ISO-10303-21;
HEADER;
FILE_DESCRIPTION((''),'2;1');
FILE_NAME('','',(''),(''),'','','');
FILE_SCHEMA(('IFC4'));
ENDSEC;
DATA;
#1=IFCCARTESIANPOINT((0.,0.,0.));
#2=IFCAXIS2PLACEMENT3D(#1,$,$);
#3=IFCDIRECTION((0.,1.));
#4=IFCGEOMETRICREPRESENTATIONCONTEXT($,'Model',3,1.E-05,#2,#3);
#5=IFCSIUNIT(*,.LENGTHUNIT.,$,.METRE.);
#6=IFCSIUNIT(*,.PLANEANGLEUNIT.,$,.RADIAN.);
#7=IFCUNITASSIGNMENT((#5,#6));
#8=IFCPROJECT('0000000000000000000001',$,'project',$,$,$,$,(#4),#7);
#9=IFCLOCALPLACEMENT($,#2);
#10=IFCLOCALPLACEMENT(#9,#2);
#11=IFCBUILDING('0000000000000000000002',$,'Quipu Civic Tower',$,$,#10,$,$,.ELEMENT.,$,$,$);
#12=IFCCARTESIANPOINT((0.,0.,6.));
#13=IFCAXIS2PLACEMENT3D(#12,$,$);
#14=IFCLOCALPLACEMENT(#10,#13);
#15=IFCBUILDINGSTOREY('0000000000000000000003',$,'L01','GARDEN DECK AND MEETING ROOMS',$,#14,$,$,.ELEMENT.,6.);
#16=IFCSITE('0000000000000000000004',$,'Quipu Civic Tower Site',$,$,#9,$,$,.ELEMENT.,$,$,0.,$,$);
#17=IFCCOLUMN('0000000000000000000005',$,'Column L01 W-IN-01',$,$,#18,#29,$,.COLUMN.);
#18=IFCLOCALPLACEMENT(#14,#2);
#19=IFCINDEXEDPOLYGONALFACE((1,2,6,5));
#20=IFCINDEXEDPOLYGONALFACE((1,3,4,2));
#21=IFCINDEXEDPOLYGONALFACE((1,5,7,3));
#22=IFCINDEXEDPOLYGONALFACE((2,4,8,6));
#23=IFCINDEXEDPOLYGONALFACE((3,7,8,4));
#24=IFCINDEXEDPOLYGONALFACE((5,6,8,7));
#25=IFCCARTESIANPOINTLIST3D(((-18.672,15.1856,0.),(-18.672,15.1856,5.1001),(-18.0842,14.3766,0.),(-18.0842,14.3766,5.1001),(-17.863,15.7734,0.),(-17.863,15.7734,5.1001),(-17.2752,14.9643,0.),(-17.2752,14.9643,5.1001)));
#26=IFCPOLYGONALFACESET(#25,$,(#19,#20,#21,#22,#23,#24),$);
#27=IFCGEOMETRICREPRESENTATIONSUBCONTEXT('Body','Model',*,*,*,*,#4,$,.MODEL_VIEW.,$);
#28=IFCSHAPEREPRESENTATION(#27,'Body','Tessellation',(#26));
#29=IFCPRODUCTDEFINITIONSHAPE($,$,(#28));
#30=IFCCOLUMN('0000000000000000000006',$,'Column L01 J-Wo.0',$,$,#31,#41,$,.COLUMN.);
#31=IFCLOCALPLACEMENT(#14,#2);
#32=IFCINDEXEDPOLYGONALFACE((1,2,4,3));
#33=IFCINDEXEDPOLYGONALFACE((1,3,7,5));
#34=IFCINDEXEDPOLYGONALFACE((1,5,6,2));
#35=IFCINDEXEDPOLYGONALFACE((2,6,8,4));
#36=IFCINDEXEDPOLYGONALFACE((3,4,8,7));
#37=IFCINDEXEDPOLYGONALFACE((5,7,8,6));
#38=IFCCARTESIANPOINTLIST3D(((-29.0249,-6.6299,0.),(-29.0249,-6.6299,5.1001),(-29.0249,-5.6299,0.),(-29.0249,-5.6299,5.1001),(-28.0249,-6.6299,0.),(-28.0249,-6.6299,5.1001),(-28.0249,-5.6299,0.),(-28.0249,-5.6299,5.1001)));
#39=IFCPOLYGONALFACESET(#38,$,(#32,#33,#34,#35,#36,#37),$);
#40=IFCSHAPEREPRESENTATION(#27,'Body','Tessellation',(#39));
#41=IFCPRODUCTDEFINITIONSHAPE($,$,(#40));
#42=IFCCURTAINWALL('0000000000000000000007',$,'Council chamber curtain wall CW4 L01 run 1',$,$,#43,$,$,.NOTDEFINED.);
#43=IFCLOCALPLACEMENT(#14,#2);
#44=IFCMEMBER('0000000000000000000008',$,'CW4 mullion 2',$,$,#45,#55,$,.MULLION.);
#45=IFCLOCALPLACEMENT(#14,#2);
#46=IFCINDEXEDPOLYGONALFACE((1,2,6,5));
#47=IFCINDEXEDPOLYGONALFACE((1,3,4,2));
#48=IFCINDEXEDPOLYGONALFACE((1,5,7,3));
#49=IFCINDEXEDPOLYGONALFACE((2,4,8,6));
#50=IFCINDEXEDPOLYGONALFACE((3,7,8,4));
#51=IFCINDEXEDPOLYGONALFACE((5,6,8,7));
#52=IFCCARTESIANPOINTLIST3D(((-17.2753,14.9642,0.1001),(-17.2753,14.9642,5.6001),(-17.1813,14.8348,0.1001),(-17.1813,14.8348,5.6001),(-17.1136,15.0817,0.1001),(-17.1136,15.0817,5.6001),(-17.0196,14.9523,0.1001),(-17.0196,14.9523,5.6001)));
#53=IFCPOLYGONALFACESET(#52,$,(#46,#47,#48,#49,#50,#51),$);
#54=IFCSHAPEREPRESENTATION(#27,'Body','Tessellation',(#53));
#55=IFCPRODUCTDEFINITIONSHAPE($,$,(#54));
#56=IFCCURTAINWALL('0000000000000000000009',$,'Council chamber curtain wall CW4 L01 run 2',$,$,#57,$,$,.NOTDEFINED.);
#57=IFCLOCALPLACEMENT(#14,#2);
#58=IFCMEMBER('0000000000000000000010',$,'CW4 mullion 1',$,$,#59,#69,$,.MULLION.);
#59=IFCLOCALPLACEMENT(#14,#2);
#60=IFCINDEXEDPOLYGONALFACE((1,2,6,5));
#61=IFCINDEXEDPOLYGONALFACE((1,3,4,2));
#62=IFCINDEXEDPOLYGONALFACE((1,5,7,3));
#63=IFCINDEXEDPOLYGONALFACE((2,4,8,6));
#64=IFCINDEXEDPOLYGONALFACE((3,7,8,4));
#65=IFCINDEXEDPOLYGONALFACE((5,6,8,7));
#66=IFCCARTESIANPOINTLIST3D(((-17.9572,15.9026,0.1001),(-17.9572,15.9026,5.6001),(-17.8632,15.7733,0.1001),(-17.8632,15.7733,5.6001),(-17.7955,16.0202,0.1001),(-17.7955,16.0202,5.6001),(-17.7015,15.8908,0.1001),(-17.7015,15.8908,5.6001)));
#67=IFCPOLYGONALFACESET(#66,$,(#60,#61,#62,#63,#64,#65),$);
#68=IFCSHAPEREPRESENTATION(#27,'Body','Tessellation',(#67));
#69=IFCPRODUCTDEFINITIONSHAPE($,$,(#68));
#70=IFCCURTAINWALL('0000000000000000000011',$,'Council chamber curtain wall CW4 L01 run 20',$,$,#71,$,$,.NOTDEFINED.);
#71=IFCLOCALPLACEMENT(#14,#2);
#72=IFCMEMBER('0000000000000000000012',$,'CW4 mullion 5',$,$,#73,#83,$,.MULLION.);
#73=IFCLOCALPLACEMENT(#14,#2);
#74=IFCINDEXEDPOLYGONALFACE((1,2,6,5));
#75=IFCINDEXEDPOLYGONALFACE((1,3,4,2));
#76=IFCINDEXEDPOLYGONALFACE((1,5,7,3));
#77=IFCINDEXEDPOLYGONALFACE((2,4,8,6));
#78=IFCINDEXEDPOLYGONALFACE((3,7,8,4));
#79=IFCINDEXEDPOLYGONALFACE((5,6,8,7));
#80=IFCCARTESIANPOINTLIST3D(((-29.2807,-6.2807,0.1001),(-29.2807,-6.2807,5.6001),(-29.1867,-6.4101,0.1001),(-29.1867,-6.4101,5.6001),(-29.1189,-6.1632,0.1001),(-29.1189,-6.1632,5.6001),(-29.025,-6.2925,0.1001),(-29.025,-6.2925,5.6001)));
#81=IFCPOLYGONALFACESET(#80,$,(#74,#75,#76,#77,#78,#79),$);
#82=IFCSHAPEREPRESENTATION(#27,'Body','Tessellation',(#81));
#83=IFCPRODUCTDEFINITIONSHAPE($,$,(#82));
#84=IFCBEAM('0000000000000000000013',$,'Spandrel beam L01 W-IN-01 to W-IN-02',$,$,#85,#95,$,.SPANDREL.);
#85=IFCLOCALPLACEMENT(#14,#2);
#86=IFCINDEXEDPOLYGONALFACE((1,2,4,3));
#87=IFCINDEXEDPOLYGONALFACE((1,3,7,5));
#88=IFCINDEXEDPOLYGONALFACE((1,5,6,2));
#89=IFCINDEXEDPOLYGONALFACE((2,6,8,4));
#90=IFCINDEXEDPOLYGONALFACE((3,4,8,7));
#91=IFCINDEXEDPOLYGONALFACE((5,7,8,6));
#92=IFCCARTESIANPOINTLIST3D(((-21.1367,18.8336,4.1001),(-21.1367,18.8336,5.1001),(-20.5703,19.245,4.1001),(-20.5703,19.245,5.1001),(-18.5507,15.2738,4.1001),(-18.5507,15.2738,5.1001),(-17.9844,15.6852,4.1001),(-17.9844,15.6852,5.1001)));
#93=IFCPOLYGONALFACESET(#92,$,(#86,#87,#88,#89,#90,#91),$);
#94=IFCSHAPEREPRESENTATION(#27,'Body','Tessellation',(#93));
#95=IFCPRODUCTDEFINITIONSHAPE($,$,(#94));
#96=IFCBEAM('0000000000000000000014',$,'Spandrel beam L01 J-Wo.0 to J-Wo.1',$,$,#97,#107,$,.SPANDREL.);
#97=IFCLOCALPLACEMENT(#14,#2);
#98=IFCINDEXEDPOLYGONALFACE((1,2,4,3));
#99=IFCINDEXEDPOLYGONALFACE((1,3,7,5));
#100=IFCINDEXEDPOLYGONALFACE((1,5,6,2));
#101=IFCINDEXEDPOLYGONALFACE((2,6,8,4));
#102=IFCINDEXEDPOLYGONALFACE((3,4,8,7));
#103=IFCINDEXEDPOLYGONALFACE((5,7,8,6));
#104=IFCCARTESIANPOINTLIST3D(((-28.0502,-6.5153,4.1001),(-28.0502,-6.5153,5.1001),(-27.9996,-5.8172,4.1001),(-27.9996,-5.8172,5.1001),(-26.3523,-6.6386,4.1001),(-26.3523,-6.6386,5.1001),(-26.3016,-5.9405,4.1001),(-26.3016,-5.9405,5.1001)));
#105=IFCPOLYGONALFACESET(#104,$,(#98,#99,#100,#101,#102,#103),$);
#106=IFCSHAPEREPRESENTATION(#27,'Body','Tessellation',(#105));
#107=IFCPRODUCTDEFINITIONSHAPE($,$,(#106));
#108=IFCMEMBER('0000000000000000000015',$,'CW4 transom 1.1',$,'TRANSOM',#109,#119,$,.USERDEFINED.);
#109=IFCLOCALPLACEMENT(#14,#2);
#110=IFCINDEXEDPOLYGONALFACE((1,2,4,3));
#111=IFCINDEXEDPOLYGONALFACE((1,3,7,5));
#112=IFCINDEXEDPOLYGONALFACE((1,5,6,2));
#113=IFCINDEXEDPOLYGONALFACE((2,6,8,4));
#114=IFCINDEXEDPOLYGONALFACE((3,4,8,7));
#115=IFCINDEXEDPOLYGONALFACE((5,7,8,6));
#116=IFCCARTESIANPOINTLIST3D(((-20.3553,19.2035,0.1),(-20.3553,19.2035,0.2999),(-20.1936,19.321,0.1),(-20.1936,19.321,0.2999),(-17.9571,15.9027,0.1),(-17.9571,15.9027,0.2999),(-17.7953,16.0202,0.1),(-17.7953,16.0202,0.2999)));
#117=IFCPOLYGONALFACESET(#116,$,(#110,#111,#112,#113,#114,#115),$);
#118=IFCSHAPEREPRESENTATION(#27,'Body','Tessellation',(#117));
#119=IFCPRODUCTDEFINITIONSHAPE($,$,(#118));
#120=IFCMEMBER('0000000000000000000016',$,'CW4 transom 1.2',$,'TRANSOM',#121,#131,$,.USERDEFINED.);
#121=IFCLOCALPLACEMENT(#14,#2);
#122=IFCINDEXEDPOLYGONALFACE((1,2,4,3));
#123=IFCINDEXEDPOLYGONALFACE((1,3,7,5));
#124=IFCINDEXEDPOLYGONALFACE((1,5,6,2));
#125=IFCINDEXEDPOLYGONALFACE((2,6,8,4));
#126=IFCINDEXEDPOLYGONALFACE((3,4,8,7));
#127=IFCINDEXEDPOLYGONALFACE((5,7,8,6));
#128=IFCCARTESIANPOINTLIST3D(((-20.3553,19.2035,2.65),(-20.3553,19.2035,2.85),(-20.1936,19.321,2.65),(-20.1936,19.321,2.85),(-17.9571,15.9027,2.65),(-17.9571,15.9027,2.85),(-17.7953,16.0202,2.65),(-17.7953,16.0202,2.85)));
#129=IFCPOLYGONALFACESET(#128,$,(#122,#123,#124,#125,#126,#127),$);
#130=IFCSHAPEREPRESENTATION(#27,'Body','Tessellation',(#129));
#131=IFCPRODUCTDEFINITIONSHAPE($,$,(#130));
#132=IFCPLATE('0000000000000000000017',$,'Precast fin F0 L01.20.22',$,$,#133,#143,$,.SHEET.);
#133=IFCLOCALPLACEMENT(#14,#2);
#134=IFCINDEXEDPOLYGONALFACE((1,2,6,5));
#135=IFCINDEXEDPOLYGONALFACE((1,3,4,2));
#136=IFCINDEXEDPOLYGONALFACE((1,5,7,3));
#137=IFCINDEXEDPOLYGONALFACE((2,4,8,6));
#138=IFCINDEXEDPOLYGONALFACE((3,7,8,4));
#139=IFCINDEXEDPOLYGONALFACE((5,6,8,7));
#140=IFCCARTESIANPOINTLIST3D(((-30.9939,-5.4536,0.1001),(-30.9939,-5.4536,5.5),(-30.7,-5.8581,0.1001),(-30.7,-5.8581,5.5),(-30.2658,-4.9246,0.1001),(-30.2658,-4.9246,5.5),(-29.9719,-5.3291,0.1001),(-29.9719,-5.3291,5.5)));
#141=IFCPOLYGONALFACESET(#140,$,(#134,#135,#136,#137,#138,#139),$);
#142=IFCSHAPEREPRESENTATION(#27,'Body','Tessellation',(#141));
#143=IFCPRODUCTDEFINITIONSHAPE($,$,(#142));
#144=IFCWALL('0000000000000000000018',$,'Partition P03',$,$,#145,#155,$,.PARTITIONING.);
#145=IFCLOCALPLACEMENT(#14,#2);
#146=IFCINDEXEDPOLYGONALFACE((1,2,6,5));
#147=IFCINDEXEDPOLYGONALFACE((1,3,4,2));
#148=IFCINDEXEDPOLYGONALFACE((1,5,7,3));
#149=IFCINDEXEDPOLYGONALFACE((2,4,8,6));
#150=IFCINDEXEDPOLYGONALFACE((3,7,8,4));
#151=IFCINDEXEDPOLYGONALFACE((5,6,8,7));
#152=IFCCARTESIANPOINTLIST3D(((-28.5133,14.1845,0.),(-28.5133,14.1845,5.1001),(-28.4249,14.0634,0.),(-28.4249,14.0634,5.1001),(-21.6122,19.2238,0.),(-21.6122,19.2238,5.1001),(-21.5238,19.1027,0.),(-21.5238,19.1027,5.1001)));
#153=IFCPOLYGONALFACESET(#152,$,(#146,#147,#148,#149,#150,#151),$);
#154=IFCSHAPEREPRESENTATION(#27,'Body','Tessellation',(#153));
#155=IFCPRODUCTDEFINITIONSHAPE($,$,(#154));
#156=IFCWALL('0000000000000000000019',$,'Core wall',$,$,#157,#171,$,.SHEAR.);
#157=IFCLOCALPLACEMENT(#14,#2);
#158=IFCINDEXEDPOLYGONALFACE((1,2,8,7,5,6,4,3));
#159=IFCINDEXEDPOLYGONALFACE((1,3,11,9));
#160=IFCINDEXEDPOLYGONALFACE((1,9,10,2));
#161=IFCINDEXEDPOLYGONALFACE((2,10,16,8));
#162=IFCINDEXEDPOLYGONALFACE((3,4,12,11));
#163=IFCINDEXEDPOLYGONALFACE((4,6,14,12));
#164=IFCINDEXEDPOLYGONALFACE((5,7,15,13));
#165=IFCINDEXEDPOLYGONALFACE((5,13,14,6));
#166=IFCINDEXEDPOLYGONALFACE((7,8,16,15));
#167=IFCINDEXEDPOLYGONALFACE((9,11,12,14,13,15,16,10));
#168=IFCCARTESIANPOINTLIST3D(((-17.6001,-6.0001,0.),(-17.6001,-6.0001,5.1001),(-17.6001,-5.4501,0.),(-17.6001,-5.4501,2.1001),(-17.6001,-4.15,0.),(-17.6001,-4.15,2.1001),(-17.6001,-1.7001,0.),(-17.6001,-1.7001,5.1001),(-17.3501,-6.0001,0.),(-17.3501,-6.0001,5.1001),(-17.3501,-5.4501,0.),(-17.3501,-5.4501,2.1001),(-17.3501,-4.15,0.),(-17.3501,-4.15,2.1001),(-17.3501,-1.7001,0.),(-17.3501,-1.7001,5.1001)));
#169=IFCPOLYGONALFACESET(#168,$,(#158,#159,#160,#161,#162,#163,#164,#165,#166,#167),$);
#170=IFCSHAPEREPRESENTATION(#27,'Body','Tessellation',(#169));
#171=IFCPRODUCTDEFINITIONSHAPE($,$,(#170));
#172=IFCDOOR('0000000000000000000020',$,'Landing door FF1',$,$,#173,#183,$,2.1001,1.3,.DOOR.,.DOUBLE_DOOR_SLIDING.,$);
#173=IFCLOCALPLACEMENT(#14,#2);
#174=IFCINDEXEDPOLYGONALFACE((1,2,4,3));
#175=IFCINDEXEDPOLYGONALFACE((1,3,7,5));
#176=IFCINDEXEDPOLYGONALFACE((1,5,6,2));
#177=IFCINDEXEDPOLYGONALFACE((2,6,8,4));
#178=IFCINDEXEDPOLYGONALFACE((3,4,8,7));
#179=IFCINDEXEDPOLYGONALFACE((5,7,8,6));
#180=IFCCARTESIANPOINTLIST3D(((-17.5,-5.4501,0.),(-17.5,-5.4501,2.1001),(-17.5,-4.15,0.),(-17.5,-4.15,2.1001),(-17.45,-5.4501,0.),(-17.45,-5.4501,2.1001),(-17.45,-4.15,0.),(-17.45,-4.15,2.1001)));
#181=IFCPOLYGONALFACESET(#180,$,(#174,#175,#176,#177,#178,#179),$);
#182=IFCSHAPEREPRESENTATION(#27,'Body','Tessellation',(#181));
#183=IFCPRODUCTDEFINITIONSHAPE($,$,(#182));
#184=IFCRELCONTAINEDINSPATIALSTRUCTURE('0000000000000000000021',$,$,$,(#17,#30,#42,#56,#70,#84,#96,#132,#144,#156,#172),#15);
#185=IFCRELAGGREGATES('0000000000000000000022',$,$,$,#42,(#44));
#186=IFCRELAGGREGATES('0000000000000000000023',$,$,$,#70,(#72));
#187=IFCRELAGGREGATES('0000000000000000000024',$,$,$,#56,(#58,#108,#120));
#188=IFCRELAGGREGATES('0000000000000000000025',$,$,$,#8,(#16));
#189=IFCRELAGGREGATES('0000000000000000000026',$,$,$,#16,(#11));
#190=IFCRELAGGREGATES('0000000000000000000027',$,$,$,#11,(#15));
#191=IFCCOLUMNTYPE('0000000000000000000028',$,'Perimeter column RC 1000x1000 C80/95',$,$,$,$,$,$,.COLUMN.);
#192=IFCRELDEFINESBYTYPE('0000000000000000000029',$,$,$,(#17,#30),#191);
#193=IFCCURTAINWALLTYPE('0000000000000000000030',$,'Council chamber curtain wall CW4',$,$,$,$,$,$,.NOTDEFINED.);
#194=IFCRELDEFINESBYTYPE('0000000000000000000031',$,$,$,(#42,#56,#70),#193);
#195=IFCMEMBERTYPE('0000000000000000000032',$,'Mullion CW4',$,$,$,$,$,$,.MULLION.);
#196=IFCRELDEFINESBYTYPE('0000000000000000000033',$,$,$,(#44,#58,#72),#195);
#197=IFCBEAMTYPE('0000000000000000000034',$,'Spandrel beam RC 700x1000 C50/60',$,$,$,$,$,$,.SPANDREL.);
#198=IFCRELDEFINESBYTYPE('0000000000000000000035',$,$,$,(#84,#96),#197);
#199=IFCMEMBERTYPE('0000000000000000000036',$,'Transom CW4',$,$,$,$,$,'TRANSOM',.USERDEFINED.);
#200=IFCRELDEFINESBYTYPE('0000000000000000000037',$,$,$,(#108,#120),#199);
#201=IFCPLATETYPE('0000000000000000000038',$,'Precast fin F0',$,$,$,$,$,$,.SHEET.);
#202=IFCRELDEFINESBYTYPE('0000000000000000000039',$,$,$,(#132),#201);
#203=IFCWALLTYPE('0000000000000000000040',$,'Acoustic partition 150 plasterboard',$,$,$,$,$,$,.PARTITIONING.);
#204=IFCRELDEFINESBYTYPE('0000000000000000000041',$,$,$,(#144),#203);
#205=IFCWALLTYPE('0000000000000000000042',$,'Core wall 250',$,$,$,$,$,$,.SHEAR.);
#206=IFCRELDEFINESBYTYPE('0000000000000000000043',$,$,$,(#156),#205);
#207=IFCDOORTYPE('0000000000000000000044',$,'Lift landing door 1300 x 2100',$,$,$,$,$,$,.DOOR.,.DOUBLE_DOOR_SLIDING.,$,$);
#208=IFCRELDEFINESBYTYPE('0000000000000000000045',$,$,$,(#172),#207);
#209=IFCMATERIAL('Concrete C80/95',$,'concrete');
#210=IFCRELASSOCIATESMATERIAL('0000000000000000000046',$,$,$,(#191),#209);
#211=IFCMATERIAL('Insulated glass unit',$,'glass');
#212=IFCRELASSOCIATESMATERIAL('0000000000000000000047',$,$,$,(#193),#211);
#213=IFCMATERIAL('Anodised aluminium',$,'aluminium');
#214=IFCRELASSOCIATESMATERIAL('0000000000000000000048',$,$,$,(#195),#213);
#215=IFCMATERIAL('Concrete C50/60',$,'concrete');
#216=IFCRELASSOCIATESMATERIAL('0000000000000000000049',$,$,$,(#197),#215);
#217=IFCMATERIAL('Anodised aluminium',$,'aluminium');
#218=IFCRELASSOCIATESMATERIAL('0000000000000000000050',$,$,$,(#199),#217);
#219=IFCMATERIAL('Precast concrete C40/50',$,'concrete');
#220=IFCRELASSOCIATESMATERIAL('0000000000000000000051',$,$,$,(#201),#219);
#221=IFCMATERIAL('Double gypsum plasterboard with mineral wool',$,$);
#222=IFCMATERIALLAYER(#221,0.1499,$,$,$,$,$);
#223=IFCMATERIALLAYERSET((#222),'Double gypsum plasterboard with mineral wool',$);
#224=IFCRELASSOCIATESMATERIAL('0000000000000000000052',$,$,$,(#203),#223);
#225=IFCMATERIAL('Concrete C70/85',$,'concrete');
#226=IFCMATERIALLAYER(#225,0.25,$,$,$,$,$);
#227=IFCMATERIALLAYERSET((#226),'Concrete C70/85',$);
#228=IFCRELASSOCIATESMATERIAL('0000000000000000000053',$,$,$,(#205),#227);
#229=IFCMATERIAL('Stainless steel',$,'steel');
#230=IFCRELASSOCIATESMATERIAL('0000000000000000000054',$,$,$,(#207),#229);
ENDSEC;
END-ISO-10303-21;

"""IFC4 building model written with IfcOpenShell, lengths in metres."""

from ifc_helpers import new_model, si_unit, direction, frame, frame_2d, origin, origin_2d, place, context, subcontext, project, spatial, rectangle, extrude, material, layer, layer_set, material_profile, profile_set, type_object, element, fill, aggregate, save


model = new_model("IFC4")

# Units and contexts
model_context = context("Model", 3, precision=1e-05, world=origin(), true_north=direction((0.0, 1.0)))
body_context = subcontext(model_context, "Body", "Model", "MODEL_VIEW")
ifc_project = project(units=[si_unit("LENGTHUNIT", "METRE"), si_unit("PLANEANGLEUNIT", "RADIAN")], contexts=[model_context])

# Site, building, storey
site_placement = place(None, origin())
site = spatial("IfcSite", under=ifc_project, at=site_placement, Name="Quipu Civic Tower Site", CompositionType="ELEMENT", RefElevation=0.0)
building_placement = place(site_placement, origin())
building = spatial("IfcBuilding", under=site, at=building_placement, Name="Quipu Civic Tower", CompositionType="ELEMENT")
storey_placement = place(building_placement, frame((0.0, 0.0, 6.0)))
storey = spatial("IfcBuildingStorey", under=building, at=storey_placement, Name="L01", Description="GARDEN DECK AND MEETING ROOMS", CompositionType="ELEMENT", Elevation=6.0)

# Columns
ifc_material_1 = material(Name="Concrete C80/95", Category="concrete")
ifc_material_profile_1 = material_profile(ifc_material_1, rectangle(XDim=1.0, YDim=1.0, at=origin_2d()), Name="RC1000x1000")
ifc_profile_set_1 = profile_set([ifc_material_profile_1], Name="Concrete C80/95")
column_type = type_object("IfcColumnType", Name="Perimeter column RC 1000x1000 C80/95", PredefinedType="COLUMN", material=ifc_profile_set_1)
for number, where, z_axis, x_axis, name in (
    (1, (-17.9736, 15.075, 0.0), (0.0, 0.0, 1.0), (-0.587785, 0.809017, 0.0), "Column L01 W-IN-01"),
    (2, (-28.5249, -6.1299, 0.0), (0.0, 0.0, 1.0), (1.0, 0.0, 0.0), "Column L01 J-Wo.0"),
):
    element("IfcColumn", number, at=place(storey_placement, frame(where, z_axis=z_axis, x_axis=x_axis)), inside=storey, type_object=column_type, Name=name, PredefinedType="COLUMN", context=body_context, shape_type="SweptSolid", body=[
        extrude(rectangle(XDim=1.0, YDim=1.0, at=origin_2d()), origin(), (0.0, 0.0, 1.0), 5.1001),
    ])

# Curtain walls, members
ifc_material_2 = material(Name="Insulated glass unit", Category="glass")
curtain_wall_type = type_object("IfcCurtainWallType", Name="Council chamber curtain wall CW4", PredefinedType="NOTDEFINED", material=ifc_material_2)
curtain_wall_1_placement = place(storey_placement, origin())
curtain_wall_1 = element("IfcCurtainWall", 3, at=curtain_wall_1_placement, inside=storey, type_object=curtain_wall_type, Name="Council chamber curtain wall CW4 L01 run 1", PredefinedType="NOTDEFINED")
ifc_material_3 = material(Name="Anodised aluminium", Category="aluminium")
ifc_material_profile_2 = material_profile(ifc_material_3, rectangle(XDim=0.2, YDim=0.1599, at=origin_2d()), Name="RECT 200x160")
ifc_profile_set_2 = profile_set([ifc_material_profile_2], Name="Anodised aluminium")
member_type_1 = type_object("IfcMemberType", Name="Mullion CW4", PredefinedType="MULLION", material=ifc_profile_set_2)
member_1_placement = place(storey_placement, frame((-17.1475, 14.9583, 0.1001), z_axis=(0.0, 0.0, 1.0), x_axis=(-0.80901, -0.587795, 0.0)))
member_1 = element("IfcMember", 4, at=member_1_placement, type_object=member_type_1, Name="CW4 mullion 2", PredefinedType="MULLION", context=body_context, shape_type="SweptSolid", body=[
    extrude(rectangle(XDim=0.2, YDim=0.1599, at=origin_2d()), origin(), (0.0, 0.0, 1.0), 5.5),
])
aggregate(curtain_wall_1, [member_1])
curtain_wall_2_placement = place(storey_placement, origin())
curtain_wall_2 = element("IfcCurtainWall", 5, at=curtain_wall_2_placement, inside=storey, type_object=curtain_wall_type, Name="Council chamber curtain wall CW4 L01 run 2", PredefinedType="NOTDEFINED")
member_2_placement = place(storey_placement, frame((-17.8293, 15.8967, 0.1001), z_axis=(0.0, 0.0, 1.0), x_axis=(-0.809006, -0.5878, 0.0)))
member_2 = element("IfcMember", 6, at=member_2_placement, type_object=member_type_1, Name="CW4 mullion 1", PredefinedType="MULLION", context=body_context, shape_type="SweptSolid", body=[
    extrude(rectangle(XDim=0.2, YDim=0.1599, at=origin_2d()), origin(), (0.0, 0.0, 1.0), 5.5),
])
curtain_wall_3_placement = place(storey_placement, origin())
curtain_wall_3 = element("IfcCurtainWall", 7, at=curtain_wall_3_placement, inside=storey, type_object=curtain_wall_type, Name="Council chamber curtain wall CW4 L01 run 20", PredefinedType="NOTDEFINED")
member_3_placement = place(storey_placement, frame((-29.1528, -6.2866, 0.1001), z_axis=(0.0, 0.0, 1.0), x_axis=(0.809017, 0.587785, 0.0)))
member_3 = element("IfcMember", 8, at=member_3_placement, type_object=member_type_1, Name="CW4 mullion 5", PredefinedType="MULLION", context=body_context, shape_type="SweptSolid", body=[
    extrude(rectangle(XDim=0.2, YDim=0.1599, at=origin_2d()), origin(), (0.0, 0.0, 1.0), 5.5),
])
aggregate(curtain_wall_3, [member_3])

# Beams
ifc_material_4 = material(Name="Concrete C50/60", Category="concrete")
ifc_material_profile_3 = material_profile(ifc_material_4, rectangle(XDim=0.7, YDim=1.0, at=origin_2d()), Name="RC700x1000")
ifc_profile_set_3 = profile_set([ifc_material_profile_3], Name="Concrete C50/60")
beam_type = type_object("IfcBeamType", Name="Spandrel beam RC 700x1000 C50/60", PredefinedType="SPANDREL", material=ifc_profile_set_3)
beam_1_placement = place(storey_placement, frame((-18.2676, 15.4795, 4.6001), z_axis=(-0.587723, 0.809062, 0.0), x_axis=(-0.809062, -0.587723, 0.0)))
element("IfcBeam", 9, at=beam_1_placement, inside=storey, type_object=beam_type, Name="Spandrel beam L01 W-IN-01 to W-IN-02", PredefinedType="SPANDREL", context=body_context, shape_type="SweptSolid", body=[
    extrude(rectangle(XDim=0.7, YDim=1.0, at=origin_2d()), origin(), (0.0, 0.0, 1.0), 4.3999),
])
beam_2_placement = place(storey_placement, frame((-28.0249, -6.1663, 4.6001), z_axis=(0.997374, -0.072419, 0.0), x_axis=(0.072419, 0.997374, 0.0)))
element("IfcBeam", 10, at=beam_2_placement, inside=storey, type_object=beam_type, Name="Spandrel beam L01 J-Wo.0 to J-Wo.1", PredefinedType="SPANDREL", context=body_context, shape_type="SweptSolid", body=[
    extrude(rectangle(XDim=0.7, YDim=1.0, at=origin_2d()), origin(), (0.0, 0.0, 1.0), 1.7024),
])

# Members
ifc_material_5 = material(Name="Anodised aluminium", Category="aluminium")
ifc_material_profile_4 = material_profile(ifc_material_5, rectangle(XDim=0.2, YDim=0.2, at=origin_2d()), Name="RECT 200x200")
ifc_profile_set_4 = profile_set([ifc_material_profile_4], Name="Anodised aluminium")
member_type_2 = type_object("IfcMemberType", Name="Transom CW4", ElementType="TRANSOM", PredefinedType="USERDEFINED", material=ifc_profile_set_4)
member_4_placement = place(storey_placement, frame((-17.8762, 15.9614, 0.2), z_axis=(-0.587791, 0.809013, 0.0), x_axis=(-0.809013, -0.587791, 0.0)))
member_4 = element("IfcMember", 11, at=member_4_placement, type_object=member_type_2, Name="CW4 transom 1.1", ObjectType="TRANSOM", PredefinedType="USERDEFINED", context=body_context, shape_type="SweptSolid", body=[
    extrude(rectangle(XDim=0.2, YDim=0.2, at=origin_2d()), origin(), (0.0, 0.0, 1.0), 4.0801),
])
member_5_placement = place(storey_placement, frame((-17.8762, 15.9614, 2.75), z_axis=(-0.587791, 0.809013, 0.0), x_axis=(-0.809013, -0.587791, 0.0)))
member_5 = element("IfcMember", 12, at=member_5_placement, type_object=member_type_2, Name="CW4 transom 1.2", ObjectType="TRANSOM", PredefinedType="USERDEFINED", context=body_context, shape_type="SweptSolid", body=[
    extrude(rectangle(XDim=0.2, YDim=0.2, at=origin_2d()), origin(), (0.0, 0.0, 1.0), 4.0801),
])
aggregate(curtain_wall_2, [member_2, member_4, member_5])

# Plate
ifc_material_6 = material(Name="Precast concrete C40/50", Category="concrete")
plate_type = type_object("IfcPlateType", Name="Precast fin F0", PredefinedType="SHEET", material=ifc_material_6)
plate_placement = place(storey_placement, frame((-30.4829, -5.3914, 0.1001), z_axis=(0.0, 0.0, 1.0), x_axis=(0.587786, -0.809017, 0.0)))
element("IfcPlate", 13, at=plate_placement, inside=storey, type_object=plate_type, Name="Precast fin F0 L01.20.22", PredefinedType="SHEET", context=body_context, shape_type="SweptSolid", body=[
    extrude(rectangle(XDim=0.5, YDim=0.8999, at=origin_2d()), origin(), (0.0, 0.0, 1.0), 5.3999),
])

# Wall
ifc_material_7 = material(Name="Double gypsum plasterboard with mineral wool")
ifc_layer_1 = layer(ifc_material_7, 0.1499)
ifc_layer_set_1 = layer_set([ifc_layer_1], Name="Double gypsum plasterboard with mineral wool")
wall_type_1 = type_object("IfcWallType", Name="Acoustic partition 150 plasterboard", PredefinedType="PARTITIONING", material=ifc_layer_set_1)
wall_1_placement = place(storey_placement, frame((-28.469, 14.124, 0.0), z_axis=(0.0, 0.0, 1.0), x_axis=(0.807604, 0.589725, 0.0)))
element("IfcWall", 14, at=wall_1_placement, inside=storey, type_object=wall_type_1, Name="Partition P03", PredefinedType="PARTITIONING", context=body_context, shape_type="SweptSolid", body=[
    extrude(rectangle(XDim=8.5452, YDim=0.1499, at=frame_2d((4.2725, 0.0))), origin(), (0.0, 0.0, 1.0), 5.1001),
])

# Wall, opening, door
ifc_material_8 = material(Name="Concrete C70/85", Category="concrete")
ifc_layer_2 = layer(ifc_material_8, 0.25)
ifc_layer_set_2 = layer_set([ifc_layer_2], Name="Concrete C70/85")
wall_type_2 = type_object("IfcWallType", Name="Core wall 250", PredefinedType="SHEAR", material=ifc_layer_set_2)
wall_2_placement = place(storey_placement, frame((-17.4751, -6.0, 0.0), z_axis=(0.0, 0.0, 1.0), x_axis=(0.0, 1.0, 0.0)))
wall_2 = element("IfcWall", 15, at=wall_2_placement, inside=storey, type_object=wall_type_2, Name="Core wall", PredefinedType="SHEAR", context=body_context, shape_type="SweptSolid", body=[
    extrude(rectangle(XDim=4.3, YDim=0.25, at=frame_2d((2.1499, 0.0))), origin(), (0.0, 0.0, 1.0), 5.1001),
])
opening_1_placement = place(wall_2_placement, frame((0.55, 0.0, 0.0)))
opening_1 = element("IfcOpeningElement", 16, at=opening_1_placement, cuts=wall_2, PredefinedType="OPENING", context=body_context, shape_type="SweptSolid", body=[
    extrude(rectangle(XDim=1.3, YDim=2.1001, at=frame_2d((0.6499, 1.05))), frame((0.0, 0.135, 0.0), z_axis=(0.0, -1.0, 0.0), x_axis=(1.0, 0.0, 0.0)), (0.0, 0.0, 1.0), 0.27),
])
ifc_material_9 = material(Name="Stainless steel", Category="steel")
door_type_1 = type_object("IfcDoorType", Name="Lift landing door 1300 x 2100", OperationType="DOUBLE_DOOR_SLIDING", PredefinedType="DOOR", material=ifc_material_9)
door_1_placement = place(opening_1_placement, origin())
door_1 = element("IfcDoor", 17, at=door_1_placement, inside=storey, type_object=door_type_1, Name="Landing door FF1", OperationType="DOUBLE_DOOR_SLIDING", OverallHeight=2.1001, OverallWidth=1.3, PredefinedType="DOOR", context=body_context, shape_type="SweptSolid", body=[
    extrude(rectangle(XDim=1.3, YDim=2.1001, at=frame_2d((0.6499, 1.05))), frame((0.0, 0.0249, 0.0), z_axis=(0.0, -1.0, 0.0), x_axis=(1.0, 0.0, 0.0)), (0.0, 0.0, 1.0), 0.05),
])
fill(opening_1, door_1)

save(model, "model.ifc")
